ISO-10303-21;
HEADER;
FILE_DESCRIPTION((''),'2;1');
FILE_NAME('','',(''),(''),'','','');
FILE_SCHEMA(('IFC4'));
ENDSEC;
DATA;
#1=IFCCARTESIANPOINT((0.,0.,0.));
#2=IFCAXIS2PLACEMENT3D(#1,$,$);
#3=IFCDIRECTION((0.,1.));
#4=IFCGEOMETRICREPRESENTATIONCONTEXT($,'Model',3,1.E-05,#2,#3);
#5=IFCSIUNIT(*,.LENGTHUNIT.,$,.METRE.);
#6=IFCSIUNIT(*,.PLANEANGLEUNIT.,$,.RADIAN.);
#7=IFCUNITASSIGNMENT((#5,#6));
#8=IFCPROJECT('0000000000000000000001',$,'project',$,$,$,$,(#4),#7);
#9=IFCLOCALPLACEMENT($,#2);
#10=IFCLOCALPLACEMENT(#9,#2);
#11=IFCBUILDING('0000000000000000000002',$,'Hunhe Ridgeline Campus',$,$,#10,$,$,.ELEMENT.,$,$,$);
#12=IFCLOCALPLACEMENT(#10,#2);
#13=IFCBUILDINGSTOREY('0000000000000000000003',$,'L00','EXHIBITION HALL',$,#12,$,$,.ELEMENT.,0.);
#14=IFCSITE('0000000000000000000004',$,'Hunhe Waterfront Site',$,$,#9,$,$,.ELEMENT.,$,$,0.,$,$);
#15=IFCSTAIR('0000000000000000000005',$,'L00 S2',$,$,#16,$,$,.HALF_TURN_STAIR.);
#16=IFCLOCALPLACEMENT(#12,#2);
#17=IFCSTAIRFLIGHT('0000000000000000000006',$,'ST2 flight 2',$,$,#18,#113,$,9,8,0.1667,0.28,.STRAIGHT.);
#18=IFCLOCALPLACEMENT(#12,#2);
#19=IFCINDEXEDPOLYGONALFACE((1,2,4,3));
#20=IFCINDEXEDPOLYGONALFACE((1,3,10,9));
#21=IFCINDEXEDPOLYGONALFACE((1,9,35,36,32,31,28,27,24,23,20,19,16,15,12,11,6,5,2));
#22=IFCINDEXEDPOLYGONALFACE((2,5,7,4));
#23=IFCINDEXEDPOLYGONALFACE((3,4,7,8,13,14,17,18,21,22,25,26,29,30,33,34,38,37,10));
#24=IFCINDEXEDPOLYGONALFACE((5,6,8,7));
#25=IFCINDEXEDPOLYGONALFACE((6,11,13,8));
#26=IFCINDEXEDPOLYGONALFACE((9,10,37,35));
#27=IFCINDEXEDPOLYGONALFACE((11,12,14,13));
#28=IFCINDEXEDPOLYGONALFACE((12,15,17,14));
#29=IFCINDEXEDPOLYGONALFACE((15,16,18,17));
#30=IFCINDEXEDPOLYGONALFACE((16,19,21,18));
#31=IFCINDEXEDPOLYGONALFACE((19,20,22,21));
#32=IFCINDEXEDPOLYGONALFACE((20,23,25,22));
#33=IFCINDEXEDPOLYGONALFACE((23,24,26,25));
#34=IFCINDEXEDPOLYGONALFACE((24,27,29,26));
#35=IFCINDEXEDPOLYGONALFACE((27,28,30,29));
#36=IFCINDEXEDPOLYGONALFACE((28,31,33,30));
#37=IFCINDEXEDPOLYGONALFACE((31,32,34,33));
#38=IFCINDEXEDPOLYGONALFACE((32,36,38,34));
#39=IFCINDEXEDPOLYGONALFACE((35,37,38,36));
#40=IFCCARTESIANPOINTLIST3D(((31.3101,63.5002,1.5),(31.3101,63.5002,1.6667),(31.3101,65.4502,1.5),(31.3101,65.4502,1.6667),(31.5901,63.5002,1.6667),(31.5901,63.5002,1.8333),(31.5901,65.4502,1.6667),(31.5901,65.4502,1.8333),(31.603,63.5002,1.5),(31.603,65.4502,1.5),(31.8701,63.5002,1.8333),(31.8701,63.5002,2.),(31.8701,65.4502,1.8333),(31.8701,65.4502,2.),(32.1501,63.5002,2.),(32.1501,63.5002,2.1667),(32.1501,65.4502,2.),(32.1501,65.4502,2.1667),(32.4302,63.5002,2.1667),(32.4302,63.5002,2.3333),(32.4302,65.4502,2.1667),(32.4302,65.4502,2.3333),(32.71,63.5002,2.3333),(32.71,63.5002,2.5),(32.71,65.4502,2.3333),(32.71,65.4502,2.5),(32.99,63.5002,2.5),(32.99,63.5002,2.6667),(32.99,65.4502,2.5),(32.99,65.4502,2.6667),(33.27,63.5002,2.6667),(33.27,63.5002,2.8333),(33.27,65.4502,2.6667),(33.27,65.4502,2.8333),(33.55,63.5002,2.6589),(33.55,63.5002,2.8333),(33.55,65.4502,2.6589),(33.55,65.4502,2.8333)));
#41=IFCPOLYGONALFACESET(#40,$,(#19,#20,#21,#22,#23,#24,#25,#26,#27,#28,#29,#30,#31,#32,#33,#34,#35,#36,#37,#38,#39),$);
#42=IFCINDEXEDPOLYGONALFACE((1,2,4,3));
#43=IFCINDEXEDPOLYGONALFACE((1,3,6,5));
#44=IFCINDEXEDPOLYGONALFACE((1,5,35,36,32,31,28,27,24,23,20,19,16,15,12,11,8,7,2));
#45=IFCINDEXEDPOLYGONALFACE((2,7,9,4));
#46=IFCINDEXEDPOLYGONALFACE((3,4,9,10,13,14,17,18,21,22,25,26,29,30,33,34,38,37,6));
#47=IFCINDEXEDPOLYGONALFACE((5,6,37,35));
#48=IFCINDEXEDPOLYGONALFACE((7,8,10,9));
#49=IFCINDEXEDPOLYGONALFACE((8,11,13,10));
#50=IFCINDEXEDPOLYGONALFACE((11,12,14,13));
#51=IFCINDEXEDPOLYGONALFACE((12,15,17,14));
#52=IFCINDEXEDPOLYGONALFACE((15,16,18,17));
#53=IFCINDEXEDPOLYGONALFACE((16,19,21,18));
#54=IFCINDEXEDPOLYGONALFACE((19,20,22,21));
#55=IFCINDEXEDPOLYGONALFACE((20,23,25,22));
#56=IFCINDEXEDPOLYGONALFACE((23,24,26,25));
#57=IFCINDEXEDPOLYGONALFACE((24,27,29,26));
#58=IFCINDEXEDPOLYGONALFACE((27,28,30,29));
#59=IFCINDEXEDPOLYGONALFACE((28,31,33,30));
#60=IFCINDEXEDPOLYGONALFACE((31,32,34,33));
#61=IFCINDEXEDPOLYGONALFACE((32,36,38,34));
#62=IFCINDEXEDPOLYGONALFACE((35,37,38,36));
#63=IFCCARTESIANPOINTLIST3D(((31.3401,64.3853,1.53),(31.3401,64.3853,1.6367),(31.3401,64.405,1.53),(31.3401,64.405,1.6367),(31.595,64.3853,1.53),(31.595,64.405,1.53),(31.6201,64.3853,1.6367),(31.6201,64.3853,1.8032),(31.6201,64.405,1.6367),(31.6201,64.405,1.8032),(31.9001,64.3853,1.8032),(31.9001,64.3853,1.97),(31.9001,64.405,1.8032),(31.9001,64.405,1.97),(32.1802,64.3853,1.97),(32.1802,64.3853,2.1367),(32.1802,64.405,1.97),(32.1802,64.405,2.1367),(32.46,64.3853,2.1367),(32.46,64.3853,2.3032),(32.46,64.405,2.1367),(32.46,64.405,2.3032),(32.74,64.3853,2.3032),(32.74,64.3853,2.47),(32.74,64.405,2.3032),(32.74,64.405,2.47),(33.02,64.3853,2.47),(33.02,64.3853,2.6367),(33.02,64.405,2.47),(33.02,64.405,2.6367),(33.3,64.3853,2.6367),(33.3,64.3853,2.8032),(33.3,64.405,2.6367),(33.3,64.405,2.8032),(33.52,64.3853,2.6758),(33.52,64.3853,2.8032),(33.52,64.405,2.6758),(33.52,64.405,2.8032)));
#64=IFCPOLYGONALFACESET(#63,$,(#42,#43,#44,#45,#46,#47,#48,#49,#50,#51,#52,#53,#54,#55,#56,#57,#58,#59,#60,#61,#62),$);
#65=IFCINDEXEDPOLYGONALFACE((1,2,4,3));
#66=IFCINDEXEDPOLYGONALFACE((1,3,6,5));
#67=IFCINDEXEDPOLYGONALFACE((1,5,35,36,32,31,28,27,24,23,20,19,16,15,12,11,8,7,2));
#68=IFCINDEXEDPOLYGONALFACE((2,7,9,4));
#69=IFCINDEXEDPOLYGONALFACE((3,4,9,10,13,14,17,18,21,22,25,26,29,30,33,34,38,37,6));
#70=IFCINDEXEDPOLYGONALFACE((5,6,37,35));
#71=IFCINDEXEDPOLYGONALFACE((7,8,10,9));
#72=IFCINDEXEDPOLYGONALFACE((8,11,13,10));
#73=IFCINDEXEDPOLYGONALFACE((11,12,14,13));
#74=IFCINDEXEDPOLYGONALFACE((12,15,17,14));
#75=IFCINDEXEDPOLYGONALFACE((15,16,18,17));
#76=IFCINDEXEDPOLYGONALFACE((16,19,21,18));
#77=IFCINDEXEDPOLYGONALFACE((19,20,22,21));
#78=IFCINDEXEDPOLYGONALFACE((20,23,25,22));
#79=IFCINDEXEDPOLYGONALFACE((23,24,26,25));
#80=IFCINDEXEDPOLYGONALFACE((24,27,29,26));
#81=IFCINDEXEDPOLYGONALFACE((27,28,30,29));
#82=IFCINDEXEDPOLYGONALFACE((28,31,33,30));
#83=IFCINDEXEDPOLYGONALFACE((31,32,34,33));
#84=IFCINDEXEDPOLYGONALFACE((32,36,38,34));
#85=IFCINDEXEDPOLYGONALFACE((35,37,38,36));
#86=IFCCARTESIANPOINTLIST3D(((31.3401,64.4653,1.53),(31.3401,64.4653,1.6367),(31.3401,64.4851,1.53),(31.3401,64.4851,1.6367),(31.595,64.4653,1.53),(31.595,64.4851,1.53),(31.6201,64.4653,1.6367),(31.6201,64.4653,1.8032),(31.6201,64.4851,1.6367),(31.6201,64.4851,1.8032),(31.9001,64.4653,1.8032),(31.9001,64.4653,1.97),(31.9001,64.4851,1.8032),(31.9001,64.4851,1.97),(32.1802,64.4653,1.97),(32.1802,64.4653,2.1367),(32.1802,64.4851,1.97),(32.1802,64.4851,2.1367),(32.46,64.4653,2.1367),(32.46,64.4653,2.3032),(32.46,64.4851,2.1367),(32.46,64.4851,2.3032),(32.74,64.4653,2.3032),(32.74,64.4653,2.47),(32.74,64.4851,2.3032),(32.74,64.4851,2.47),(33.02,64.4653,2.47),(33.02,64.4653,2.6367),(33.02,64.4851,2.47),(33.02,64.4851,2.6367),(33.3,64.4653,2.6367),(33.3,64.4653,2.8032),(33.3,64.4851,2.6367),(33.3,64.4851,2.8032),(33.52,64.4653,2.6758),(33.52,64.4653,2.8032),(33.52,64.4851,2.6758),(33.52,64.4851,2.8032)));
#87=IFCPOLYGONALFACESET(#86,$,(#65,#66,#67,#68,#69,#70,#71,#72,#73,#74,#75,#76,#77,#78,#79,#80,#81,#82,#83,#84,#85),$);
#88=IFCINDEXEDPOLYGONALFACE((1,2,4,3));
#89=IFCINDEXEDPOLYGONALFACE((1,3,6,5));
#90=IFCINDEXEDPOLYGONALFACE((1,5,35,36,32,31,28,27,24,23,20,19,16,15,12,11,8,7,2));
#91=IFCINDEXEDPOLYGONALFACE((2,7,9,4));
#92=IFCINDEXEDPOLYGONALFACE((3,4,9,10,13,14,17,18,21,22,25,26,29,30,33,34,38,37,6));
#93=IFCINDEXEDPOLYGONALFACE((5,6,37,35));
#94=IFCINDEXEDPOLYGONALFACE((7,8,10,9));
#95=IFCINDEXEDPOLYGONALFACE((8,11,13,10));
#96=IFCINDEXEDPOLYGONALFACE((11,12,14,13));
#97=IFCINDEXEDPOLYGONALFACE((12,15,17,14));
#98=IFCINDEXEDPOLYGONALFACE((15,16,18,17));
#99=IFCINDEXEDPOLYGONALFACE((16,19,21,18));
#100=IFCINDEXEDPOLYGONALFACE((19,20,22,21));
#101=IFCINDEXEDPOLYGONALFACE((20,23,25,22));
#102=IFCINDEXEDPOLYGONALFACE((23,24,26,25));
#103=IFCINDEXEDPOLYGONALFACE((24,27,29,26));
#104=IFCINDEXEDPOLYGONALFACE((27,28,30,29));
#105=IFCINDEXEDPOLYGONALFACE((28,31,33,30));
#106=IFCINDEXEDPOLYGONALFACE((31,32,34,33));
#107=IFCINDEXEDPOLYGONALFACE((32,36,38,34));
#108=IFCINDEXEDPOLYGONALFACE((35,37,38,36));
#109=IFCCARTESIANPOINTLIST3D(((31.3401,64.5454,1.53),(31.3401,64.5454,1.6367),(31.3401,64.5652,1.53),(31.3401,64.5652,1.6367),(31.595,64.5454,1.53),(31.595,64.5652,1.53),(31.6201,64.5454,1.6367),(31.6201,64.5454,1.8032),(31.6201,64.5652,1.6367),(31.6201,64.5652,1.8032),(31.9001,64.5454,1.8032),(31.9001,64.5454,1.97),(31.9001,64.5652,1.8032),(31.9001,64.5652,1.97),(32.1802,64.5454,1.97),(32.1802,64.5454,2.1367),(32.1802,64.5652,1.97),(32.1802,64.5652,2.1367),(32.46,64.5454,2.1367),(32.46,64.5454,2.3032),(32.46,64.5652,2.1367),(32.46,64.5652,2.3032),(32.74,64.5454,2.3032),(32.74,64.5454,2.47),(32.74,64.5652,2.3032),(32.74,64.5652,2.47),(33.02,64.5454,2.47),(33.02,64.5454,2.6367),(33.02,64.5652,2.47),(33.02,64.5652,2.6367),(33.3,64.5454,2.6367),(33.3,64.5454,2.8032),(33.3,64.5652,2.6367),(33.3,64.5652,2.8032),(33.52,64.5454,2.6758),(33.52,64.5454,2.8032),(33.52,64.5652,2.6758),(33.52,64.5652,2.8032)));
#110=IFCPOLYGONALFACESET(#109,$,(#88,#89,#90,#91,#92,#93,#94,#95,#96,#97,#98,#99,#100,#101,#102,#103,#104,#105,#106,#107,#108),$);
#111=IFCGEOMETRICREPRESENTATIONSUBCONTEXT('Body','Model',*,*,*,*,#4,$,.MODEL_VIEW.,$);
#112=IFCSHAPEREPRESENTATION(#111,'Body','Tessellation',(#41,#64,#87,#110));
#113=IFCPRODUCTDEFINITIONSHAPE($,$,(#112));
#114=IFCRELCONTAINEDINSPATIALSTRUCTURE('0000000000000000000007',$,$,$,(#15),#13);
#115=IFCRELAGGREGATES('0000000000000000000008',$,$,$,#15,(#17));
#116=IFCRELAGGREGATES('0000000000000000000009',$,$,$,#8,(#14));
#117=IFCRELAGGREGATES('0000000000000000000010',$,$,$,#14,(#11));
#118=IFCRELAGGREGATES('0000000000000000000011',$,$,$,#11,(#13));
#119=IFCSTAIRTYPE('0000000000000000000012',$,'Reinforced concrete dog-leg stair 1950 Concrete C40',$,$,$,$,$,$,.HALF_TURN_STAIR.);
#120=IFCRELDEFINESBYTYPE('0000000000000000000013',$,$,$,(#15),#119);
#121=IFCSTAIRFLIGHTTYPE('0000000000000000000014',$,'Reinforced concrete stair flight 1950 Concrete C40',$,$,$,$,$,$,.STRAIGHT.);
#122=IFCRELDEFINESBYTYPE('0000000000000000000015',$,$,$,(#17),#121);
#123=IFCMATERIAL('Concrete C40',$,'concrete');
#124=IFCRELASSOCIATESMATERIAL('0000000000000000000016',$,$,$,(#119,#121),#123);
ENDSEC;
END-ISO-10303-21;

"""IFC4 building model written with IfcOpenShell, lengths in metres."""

from ifc_helpers import new_model, si_unit, direction, frame, origin, place, context, subcontext, project, spatial, polyline, outline, extrude, material, type_object, element, aggregate, save


model = new_model("IFC4")

# Units and contexts
model_context = context("Model", 3, precision=1e-05, world=origin(), true_north=direction((0.0, 1.0)))
body_context = subcontext(model_context, "Body", "Model", "MODEL_VIEW")
ifc_project = project(units=[si_unit("LENGTHUNIT", "METRE"), si_unit("PLANEANGLEUNIT", "RADIAN")], contexts=[model_context])

# Site, building, storey
site_placement = place(None, origin())
site = spatial("IfcSite", under=ifc_project, at=site_placement, Name="Hunhe Waterfront Site", CompositionType="ELEMENT", RefElevation=0.0)
building_placement = place(site_placement, origin())
building = spatial("IfcBuilding", under=site, at=building_placement, Name="Hunhe Ridgeline Campus", CompositionType="ELEMENT")
storey_placement = place(building_placement, origin())
storey = spatial("IfcBuildingStorey", under=building, at=storey_placement, Name="L00", Description="EXHIBITION HALL", CompositionType="ELEMENT", Elevation=0.0)

# Stair, stair flight
ifc_material_1 = material(Name="Concrete C40", Category="concrete")
stair_type = type_object("IfcStairType", Name="Reinforced concrete dog-leg stair 1950 Concrete C40", PredefinedType="HALF_TURN_STAIR", material=ifc_material_1)
stair_placement = place(storey_placement, origin())
stair = element("IfcStair", 1, at=stair_placement, inside=storey, type_object=stair_type, Name="L00 S2", PredefinedType="HALF_TURN_STAIR")
stair_flight_type = type_object("IfcStairFlightType", Name="Reinforced concrete stair flight 1950 Concrete C40", PredefinedType="STRAIGHT", material=ifc_material_1)
stair_flight_1_placement = place(storey_placement, frame((31.3101, 64.4751, 1.5), z_axis=(0.0, 0.0, 1.0), x_axis=(1.0, 0.0, 0.0)))
stair_flight_1 = element("IfcStairFlight", 2, at=stair_flight_1_placement, type_object=stair_flight_type, Name="ST2 flight 2", NumberOfRisers=9, NumberOfTreads=8, PredefinedType="STRAIGHT", RiserHeight=0.1667, TreadLength=0.28, context=body_context, shape_type="SweptSolid", body=[
    extrude(outline(polyline([(0.0, 0.0), (0.0, 0.1667), (0.28, 0.1667), (0.28, 0.3333), (0.5601, 0.3333), (0.5601, 0.5), (0.8401, 0.5), (0.8401, 0.6667), (1.1201, 0.6667), (1.1201, 0.8333), (1.3999, 0.8333), (1.3999, 1.0), (1.6799, 1.0), (1.6799, 1.1667), (1.96, 1.1667), (1.96, 1.3333), (2.24, 1.3333), (2.24, 1.5), (2.24, 1.1589), (0.293, 0.0), (0.0, 0.0)])), frame((0.0, 0.9751, 0.0), z_axis=(0.0, -1.0, 0.0), x_axis=(1.0, 0.0, 0.0)), (0.0, 0.0, 1.0), 1.95),
    extrude(outline(polyline([(0.03, 0.03), (0.03, 0.1367), (0.3101, 0.1367), (0.3101, 0.3032), (0.5901, 0.3032), (0.5901, 0.47), (0.8701, 0.47), (0.8701, 0.6367), (1.1499, 0.6367), (1.1499, 0.8032), (1.4299, 0.8032), (1.4299, 0.97), (1.71, 0.97), (1.71, 1.1367), (1.99, 1.1367), (1.99, 1.3032), (2.21, 1.3032), (2.21, 1.1758), (0.2849, 0.03), (0.03, 0.03)])), frame((0.0, -0.0701, 0.0), z_axis=(0.0, -1.0, 0.0), x_axis=(1.0, 0.0, 0.0)), (0.0, 0.0, 1.0), 0.0198),
    extrude(outline(polyline([(0.03, 0.03), (0.03, 0.1367), (0.3101, 0.1367), (0.3101, 0.3032), (0.5901, 0.3032), (0.5901, 0.47), (0.8701, 0.47), (0.8701, 0.6367), (1.1499, 0.6367), (1.1499, 0.8032), (1.4299, 0.8032), (1.4299, 0.97), (1.71, 0.97), (1.71, 1.1367), (1.99, 1.1367), (1.99, 1.3032), (2.21, 1.3032), (2.21, 1.1758), (0.2849, 0.03), (0.03, 0.03)])), frame((0.0, 0.01, 0.0), z_axis=(0.0, -1.0, 0.0), x_axis=(1.0, 0.0, 0.0)), (0.0, 0.0, 1.0), 0.0198),
    extrude(outline(polyline([(0.03, 0.03), (0.03, 0.1367), (0.3101, 0.1367), (0.3101, 0.3032), (0.5901, 0.3032), (0.5901, 0.47), (0.8701, 0.47), (0.8701, 0.6367), (1.1499, 0.6367), (1.1499, 0.8032), (1.4299, 0.8032), (1.4299, 0.97), (1.71, 0.97), (1.71, 1.1367), (1.99, 1.1367), (1.99, 1.3032), (2.21, 1.3032), (2.21, 1.1758), (0.2849, 0.03), (0.03, 0.03)])), frame((0.0, 0.0901, 0.0), z_axis=(0.0, -1.0, 0.0), x_axis=(1.0, 0.0, 0.0)), (0.0, 0.0, 1.0), 0.0198),
])
aggregate(stair, [stair_flight_1])

save(model, "model.ifc")
